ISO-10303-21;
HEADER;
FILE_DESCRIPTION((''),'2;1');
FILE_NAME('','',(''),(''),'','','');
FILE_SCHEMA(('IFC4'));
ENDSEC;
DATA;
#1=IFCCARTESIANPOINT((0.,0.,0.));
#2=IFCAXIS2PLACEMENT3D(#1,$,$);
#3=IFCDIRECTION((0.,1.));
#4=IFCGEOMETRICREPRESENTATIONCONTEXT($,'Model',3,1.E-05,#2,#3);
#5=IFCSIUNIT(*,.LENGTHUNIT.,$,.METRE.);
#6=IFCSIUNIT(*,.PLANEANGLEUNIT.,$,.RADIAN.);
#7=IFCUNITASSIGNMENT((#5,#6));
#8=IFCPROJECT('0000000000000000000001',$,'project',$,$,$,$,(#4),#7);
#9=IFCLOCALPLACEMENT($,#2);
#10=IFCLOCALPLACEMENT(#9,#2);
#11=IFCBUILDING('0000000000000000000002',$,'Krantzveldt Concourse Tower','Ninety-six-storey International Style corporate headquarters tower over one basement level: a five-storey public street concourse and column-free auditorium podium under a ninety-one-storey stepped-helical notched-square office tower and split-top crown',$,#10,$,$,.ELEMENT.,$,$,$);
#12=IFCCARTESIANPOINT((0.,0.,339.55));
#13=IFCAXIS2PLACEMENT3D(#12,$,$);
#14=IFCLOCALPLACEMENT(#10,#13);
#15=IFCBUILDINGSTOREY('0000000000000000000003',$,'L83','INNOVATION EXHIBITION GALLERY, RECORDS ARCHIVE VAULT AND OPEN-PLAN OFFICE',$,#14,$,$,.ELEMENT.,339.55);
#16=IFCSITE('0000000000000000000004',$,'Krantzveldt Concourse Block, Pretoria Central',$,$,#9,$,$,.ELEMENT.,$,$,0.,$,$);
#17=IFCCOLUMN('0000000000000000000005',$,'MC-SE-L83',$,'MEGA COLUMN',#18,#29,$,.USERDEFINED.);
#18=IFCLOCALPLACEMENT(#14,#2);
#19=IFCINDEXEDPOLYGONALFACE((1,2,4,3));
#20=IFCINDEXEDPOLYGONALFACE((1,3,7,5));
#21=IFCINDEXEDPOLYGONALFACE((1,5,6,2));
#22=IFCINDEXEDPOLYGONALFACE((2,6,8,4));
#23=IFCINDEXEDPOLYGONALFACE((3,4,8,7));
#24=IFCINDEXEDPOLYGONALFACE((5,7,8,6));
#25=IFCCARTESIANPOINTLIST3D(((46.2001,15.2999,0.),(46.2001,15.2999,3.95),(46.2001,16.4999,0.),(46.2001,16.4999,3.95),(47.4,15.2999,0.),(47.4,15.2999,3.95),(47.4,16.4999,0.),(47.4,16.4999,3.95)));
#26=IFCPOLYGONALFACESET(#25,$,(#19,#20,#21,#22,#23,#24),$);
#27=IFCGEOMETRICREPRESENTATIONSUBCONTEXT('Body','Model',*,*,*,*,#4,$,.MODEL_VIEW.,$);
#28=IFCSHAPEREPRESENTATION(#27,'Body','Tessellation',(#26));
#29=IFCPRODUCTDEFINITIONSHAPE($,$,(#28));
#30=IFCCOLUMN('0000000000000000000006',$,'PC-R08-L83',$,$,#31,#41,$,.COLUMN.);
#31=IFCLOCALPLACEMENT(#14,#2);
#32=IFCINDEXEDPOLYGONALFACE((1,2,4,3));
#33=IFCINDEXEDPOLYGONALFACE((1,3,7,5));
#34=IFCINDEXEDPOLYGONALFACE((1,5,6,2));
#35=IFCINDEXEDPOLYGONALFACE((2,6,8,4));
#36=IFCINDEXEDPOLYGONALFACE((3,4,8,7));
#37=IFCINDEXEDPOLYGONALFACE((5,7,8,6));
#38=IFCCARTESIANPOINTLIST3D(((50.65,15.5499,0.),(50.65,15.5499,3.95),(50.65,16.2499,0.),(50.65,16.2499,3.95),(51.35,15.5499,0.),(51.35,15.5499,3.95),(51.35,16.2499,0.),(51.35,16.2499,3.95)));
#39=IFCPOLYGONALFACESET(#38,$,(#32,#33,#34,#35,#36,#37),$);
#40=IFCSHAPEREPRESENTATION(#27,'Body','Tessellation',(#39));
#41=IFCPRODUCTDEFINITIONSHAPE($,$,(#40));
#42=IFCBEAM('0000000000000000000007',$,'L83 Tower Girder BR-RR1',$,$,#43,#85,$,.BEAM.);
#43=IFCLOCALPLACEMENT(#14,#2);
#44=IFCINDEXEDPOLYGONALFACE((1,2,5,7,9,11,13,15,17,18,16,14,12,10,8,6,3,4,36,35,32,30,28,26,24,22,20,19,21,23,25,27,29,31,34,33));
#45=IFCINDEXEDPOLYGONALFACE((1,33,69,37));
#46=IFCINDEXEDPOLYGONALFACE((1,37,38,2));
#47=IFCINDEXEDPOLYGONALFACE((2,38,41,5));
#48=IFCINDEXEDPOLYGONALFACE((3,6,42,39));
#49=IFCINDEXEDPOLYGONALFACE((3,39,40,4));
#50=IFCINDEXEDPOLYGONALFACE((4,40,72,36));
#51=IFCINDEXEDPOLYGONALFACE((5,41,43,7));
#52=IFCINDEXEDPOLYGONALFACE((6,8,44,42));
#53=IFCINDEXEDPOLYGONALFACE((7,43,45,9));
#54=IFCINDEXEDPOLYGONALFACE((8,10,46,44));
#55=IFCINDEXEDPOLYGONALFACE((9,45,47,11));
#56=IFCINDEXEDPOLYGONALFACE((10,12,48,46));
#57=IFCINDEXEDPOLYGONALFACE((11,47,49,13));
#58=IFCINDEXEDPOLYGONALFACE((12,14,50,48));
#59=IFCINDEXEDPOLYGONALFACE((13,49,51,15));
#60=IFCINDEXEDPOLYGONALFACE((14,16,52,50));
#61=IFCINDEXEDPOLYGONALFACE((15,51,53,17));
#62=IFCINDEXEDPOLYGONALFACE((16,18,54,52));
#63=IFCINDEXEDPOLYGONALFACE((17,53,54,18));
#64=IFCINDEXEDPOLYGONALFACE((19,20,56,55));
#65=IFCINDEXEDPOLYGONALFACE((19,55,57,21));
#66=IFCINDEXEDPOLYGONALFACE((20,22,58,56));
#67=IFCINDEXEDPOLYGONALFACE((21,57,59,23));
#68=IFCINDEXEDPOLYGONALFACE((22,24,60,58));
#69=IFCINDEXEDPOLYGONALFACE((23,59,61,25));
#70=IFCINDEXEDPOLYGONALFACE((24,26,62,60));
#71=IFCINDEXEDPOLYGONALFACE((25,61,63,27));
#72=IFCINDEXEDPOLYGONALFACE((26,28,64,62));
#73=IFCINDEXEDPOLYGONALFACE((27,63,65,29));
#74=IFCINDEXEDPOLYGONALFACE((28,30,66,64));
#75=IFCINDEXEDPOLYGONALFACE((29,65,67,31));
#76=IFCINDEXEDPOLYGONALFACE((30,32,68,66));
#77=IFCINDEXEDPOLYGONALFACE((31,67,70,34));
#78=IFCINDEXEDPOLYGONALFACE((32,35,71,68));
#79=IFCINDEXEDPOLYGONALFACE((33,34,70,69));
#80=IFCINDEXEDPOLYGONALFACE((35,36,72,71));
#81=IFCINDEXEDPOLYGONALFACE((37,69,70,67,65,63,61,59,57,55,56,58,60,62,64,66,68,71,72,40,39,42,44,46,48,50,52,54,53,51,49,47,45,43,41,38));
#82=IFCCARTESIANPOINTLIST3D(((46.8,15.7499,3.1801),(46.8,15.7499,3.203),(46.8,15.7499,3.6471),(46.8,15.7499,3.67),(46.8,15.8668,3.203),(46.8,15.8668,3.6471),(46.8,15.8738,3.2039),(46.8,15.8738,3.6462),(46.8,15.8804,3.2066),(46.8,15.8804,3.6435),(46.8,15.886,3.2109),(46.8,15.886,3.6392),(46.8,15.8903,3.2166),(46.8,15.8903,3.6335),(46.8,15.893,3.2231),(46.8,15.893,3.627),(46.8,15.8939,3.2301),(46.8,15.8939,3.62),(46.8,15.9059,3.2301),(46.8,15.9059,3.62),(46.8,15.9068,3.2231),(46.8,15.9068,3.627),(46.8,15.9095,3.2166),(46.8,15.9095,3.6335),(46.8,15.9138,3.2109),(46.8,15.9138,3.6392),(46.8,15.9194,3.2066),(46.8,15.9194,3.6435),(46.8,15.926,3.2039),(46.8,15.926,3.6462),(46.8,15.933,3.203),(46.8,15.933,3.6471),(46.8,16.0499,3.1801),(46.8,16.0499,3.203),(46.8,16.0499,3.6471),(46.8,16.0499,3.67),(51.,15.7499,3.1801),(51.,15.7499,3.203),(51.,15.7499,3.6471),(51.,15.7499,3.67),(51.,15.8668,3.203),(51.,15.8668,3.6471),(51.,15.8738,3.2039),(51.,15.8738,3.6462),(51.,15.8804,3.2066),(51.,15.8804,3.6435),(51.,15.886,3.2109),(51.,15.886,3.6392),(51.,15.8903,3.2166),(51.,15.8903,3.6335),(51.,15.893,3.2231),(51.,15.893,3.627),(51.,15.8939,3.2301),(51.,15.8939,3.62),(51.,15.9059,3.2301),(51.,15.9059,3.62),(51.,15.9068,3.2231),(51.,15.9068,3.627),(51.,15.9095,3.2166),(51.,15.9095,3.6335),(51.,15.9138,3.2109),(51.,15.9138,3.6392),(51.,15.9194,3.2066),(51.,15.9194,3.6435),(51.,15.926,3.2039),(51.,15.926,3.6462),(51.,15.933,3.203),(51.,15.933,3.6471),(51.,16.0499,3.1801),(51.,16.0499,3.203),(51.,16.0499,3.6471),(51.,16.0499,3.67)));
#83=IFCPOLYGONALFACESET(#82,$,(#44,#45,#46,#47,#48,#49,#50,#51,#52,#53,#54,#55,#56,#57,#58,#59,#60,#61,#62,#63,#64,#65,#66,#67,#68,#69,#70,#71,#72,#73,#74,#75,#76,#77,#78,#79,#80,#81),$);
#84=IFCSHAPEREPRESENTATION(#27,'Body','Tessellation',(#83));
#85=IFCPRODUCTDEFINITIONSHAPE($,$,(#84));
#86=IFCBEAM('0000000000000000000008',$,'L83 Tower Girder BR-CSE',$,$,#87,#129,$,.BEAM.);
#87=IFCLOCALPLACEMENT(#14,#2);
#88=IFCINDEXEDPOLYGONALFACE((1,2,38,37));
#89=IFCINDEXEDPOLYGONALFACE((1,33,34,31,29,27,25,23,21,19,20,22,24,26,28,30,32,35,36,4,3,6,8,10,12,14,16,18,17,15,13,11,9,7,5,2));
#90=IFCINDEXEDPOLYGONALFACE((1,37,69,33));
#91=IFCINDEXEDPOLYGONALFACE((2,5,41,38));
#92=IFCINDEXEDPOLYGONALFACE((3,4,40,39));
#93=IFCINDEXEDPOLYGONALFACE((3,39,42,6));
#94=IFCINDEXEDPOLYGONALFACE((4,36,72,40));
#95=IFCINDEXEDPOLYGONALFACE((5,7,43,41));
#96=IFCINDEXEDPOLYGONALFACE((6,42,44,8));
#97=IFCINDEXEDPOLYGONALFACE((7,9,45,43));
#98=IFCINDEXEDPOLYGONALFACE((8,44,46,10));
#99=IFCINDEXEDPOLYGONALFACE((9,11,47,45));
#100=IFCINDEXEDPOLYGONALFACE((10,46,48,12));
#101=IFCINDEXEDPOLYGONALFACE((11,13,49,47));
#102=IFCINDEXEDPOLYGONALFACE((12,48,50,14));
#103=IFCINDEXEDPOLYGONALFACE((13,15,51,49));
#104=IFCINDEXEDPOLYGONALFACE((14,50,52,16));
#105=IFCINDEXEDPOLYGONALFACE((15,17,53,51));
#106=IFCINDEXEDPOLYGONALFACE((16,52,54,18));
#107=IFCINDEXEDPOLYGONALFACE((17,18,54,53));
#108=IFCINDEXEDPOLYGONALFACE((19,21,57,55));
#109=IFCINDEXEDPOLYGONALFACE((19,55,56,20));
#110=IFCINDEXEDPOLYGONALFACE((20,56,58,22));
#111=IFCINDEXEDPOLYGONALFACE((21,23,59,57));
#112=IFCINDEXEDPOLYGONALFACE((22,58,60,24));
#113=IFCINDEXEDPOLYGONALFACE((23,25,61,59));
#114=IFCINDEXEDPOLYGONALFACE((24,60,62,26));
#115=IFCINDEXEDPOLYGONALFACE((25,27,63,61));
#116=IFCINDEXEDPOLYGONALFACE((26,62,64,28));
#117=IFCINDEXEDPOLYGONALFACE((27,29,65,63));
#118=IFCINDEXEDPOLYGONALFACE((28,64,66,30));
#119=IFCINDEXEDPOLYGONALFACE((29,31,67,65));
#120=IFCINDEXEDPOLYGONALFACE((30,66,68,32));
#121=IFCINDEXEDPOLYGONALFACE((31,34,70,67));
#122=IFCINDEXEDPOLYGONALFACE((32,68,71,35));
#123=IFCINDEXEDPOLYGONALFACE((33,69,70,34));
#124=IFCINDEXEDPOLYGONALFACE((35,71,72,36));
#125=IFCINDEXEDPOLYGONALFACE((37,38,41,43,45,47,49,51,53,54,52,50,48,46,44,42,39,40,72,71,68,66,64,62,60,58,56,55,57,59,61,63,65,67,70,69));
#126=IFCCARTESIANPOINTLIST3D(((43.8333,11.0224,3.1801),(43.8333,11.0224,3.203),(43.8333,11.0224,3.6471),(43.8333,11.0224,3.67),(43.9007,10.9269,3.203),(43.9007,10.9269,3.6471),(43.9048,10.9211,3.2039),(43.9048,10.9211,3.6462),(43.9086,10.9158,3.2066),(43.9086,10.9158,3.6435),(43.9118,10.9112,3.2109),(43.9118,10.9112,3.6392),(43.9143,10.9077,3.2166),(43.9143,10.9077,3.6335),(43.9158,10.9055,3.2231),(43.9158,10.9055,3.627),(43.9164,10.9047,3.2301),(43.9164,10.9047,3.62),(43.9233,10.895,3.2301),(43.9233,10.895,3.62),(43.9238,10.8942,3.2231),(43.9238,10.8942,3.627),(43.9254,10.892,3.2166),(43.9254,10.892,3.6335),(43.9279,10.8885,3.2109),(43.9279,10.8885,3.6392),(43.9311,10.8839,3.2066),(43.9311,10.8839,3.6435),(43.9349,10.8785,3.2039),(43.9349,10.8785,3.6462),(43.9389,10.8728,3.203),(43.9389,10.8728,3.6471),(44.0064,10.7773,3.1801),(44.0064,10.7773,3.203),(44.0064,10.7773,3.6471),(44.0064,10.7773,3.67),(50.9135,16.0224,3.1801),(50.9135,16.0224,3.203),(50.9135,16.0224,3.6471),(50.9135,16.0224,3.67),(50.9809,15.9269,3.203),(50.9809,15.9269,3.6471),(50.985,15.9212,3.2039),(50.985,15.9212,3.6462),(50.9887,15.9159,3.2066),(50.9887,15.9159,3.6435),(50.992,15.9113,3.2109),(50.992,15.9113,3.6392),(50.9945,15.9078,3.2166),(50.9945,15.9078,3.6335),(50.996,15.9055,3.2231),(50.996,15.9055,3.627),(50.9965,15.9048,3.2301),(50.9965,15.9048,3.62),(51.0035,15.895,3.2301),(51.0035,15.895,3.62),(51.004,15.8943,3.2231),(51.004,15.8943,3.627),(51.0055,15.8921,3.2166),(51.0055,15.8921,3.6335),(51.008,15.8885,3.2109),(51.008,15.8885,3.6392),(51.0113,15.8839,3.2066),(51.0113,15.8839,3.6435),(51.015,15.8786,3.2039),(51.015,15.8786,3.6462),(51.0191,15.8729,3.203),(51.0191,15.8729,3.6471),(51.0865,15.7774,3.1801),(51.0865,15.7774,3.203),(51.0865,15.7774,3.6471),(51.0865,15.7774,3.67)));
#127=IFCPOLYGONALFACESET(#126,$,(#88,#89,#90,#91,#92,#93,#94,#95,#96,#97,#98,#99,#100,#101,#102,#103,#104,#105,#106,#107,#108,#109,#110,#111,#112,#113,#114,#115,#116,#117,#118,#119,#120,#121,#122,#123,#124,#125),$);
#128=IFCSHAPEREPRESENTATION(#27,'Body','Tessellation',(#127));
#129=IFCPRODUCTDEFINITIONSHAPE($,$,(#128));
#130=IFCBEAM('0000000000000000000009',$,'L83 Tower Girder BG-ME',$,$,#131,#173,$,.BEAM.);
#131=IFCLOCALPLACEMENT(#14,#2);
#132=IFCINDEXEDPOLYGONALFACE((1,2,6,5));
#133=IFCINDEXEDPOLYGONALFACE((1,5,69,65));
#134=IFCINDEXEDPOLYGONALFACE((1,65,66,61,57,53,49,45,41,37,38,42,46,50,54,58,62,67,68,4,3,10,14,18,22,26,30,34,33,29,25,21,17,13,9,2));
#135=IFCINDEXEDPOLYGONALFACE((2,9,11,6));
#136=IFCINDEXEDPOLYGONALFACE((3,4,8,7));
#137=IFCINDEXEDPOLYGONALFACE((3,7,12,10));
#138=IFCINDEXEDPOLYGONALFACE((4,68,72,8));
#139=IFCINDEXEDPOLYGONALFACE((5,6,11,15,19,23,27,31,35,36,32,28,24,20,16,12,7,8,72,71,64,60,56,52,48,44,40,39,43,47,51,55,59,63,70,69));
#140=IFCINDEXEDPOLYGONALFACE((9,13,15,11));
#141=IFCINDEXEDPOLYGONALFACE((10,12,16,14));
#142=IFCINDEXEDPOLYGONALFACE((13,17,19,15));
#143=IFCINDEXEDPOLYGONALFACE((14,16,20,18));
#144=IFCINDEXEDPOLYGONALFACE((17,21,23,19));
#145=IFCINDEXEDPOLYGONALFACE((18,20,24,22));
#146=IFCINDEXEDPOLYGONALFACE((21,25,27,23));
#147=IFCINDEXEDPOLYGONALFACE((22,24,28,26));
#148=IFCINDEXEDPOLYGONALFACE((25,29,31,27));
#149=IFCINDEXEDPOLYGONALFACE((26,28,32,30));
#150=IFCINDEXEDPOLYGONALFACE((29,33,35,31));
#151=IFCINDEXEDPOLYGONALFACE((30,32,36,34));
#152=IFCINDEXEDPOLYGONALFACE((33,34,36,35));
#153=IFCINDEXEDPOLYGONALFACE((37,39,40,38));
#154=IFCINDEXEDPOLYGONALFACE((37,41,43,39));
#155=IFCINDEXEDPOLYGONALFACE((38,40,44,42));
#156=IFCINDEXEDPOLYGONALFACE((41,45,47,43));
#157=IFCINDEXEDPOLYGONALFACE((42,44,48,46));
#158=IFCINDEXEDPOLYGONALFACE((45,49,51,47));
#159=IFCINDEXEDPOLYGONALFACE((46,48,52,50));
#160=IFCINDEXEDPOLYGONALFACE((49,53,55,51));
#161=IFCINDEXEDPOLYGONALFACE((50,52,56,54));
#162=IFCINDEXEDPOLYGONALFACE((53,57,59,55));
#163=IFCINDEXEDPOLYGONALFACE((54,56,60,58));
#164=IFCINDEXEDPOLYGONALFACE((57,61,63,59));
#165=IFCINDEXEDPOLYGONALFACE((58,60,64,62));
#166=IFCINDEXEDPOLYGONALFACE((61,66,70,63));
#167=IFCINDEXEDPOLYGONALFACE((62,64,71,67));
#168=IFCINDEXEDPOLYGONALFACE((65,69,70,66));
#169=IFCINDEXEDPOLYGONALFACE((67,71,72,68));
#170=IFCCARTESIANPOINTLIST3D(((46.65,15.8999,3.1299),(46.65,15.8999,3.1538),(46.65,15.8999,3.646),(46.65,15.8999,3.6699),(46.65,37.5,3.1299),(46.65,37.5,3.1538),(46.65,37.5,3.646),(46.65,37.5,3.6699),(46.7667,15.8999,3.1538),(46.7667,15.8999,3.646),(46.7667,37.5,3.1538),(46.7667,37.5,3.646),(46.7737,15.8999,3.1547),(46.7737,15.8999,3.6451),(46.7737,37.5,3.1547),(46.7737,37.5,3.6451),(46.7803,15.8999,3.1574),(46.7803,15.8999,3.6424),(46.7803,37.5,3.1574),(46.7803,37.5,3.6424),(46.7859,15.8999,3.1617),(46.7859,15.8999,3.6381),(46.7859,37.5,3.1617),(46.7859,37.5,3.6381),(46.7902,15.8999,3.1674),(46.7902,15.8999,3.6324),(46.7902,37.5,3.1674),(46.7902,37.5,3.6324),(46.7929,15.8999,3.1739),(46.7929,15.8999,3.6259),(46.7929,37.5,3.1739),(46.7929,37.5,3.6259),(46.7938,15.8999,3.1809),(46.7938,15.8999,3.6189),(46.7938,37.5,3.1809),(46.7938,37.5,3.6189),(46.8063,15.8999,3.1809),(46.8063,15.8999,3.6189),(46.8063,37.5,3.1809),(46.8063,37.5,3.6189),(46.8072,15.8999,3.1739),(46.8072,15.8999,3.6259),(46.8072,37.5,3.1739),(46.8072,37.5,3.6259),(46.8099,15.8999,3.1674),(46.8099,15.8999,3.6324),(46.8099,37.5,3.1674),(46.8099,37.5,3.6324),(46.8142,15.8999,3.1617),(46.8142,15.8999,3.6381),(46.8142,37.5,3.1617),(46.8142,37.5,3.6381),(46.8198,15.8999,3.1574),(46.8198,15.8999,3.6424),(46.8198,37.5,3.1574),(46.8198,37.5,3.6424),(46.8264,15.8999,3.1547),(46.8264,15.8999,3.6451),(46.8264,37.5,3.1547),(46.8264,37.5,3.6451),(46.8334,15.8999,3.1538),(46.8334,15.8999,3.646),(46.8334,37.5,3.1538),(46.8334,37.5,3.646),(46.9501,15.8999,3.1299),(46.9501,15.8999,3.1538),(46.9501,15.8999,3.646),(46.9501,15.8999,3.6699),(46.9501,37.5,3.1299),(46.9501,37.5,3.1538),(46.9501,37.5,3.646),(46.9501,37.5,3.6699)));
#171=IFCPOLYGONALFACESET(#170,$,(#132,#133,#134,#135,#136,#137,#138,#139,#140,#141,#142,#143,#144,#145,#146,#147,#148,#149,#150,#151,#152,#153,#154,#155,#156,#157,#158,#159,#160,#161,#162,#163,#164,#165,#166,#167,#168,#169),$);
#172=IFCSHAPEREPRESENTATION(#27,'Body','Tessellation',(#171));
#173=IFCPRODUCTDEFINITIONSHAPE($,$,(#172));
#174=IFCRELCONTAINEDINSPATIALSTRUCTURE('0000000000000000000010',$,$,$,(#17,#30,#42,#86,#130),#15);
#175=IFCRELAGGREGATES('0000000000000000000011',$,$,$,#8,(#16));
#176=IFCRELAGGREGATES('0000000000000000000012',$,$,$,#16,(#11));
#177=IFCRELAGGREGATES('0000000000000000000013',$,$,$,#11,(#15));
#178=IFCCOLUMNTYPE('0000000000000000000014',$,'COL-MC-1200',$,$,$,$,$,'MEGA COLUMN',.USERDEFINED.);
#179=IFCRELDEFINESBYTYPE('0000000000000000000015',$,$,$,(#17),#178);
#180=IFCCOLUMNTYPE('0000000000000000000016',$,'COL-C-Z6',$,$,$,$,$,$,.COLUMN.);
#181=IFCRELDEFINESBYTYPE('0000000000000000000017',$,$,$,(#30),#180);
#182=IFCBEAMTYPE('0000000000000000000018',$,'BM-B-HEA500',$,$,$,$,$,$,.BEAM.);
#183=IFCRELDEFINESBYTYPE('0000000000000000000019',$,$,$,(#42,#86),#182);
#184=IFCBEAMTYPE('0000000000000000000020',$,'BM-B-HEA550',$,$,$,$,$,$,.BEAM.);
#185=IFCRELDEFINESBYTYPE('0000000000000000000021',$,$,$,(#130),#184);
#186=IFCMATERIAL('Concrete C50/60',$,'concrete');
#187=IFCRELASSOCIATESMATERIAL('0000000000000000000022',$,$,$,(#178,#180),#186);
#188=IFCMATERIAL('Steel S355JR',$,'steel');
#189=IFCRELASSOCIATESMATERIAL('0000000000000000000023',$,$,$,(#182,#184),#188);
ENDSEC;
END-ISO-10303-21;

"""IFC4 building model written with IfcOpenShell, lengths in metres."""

from ifc_helpers import new_model, si_unit, direction, frame, origin, origin_2d, place, context, subcontext, project, spatial, rectangle, i_section, extrude, source, transform, mapped, material, material_profile, profile_set, type_object, type_shapes, element, save


model = new_model("IFC4")

# Units and contexts
model_context = context("Model", 3, precision=1e-05, world=origin(), true_north=direction((0.0, 1.0)))
body_context = subcontext(model_context, "Body", "Model", "MODEL_VIEW")
ifc_project = project(units=[si_unit("LENGTHUNIT", "METRE"), si_unit("PLANEANGLEUNIT", "RADIAN")], contexts=[model_context])

# Site, building, storey
site_placement = place(None, origin())
site = spatial("IfcSite", under=ifc_project, at=site_placement, Name="Krantzveldt Concourse Block, Pretoria Central", CompositionType="ELEMENT", RefElevation=0.0)
building_placement = place(site_placement, origin())
building = spatial("IfcBuilding", under=site, at=building_placement, Name="Krantzveldt Concourse Tower", Description="Ninety-six-storey International Style corporate headquarters tower over one basement level: a five-storey public street concourse and column-free auditorium podium under a ninety-one-storey stepped-helical notched-square office tower and split-top crown", CompositionType="ELEMENT")
storey_placement = place(building_placement, frame((0.0, 0.0, 339.55)))
storey = spatial("IfcBuildingStorey", under=building, at=storey_placement, Name="L83", Description="INNOVATION EXHIBITION GALLERY, RECORDS ARCHIVE VAULT AND OPEN-PLAN OFFICE", CompositionType="ELEMENT", Elevation=339.55)

# Columns
ifc_material_1 = material(Name="Concrete C50/60", Category="concrete")
ifc_material_profile_1 = material_profile(ifc_material_1, rectangle(XDim=1.2, YDim=1.2, at=origin_2d()), Name="Concrete C50/60", Category="concrete")
ifc_profile_set_1 = profile_set([ifc_material_profile_1], Name="Concrete C50/60 - RC 1200x1200")
column_type_1 = type_object("IfcColumnType", Name="COL-MC-1200", ElementType="MEGA COLUMN", PredefinedType="USERDEFINED", material=ifc_profile_set_1)
shared_shape_1 = source(origin(), body_context, "Body", "SweptSolid", [
    extrude(rectangle(XDim=1.2, YDim=1.2, at=origin_2d()), origin(), (0.0, 0.0, 1.0), 3.95),
])
type_shapes(column_type_1, [shared_shape_1])
column_1_placement = place(storey_placement, frame((46.8, 15.8999, 0.0), z_axis=(0.0, 0.0, 1.0), x_axis=(1.0, 0.0, 0.0)))
element("IfcColumn", 1, at=column_1_placement, inside=storey, type_object=column_type_1, Name="MC-SE-L83", ObjectType="MEGA COLUMN", PredefinedType="USERDEFINED", context=body_context, shape_type="MappedRepresentation", body=[
    mapped(shared_shape_1, transform((0.0, 0.0, 0.0), x_axis=(1.0, 0.0, 0.0), y_axis=(0.0, 1.0, 0.0), z_axis=(0.0, 0.0, 1.0), scale=1.0)),
])
ifc_material_profile_2 = material_profile(ifc_material_1, rectangle(XDim=0.7, YDim=0.7, at=origin_2d()), Name="Concrete C50/60", Category="concrete")
ifc_profile_set_2 = profile_set([ifc_material_profile_2], Name="Concrete C50/60 - RC 700x700")
column_type_2 = type_object("IfcColumnType", Name="COL-C-Z6", PredefinedType="COLUMN", material=ifc_profile_set_2)
shared_shape_2 = source(origin(), body_context, "Body", "SweptSolid", [
    extrude(rectangle(XDim=0.7, YDim=0.7, at=origin_2d()), origin(), (0.0, 0.0, 1.0), 3.95),
])
type_shapes(column_type_2, [shared_shape_2])
column_2_placement = place(storey_placement, frame((51.0, 15.8999, 0.0), z_axis=(0.0, 0.0, 1.0), x_axis=(1.0, 0.0, 0.0)))
element("IfcColumn", 2, at=column_2_placement, inside=storey, type_object=column_type_2, Name="PC-R08-L83", PredefinedType="COLUMN", context=body_context, shape_type="MappedRepresentation", body=[
    mapped(shared_shape_2, transform((0.0, 0.0, 0.0), x_axis=(1.0, 0.0, 0.0), y_axis=(0.0, 1.0, 0.0), z_axis=(0.0, 0.0, 1.0), scale=1.0)),
])

# Beams
ifc_material_2 = material(Name="Steel S355JR", Category="steel")
ifc_material_profile_3 = material_profile(ifc_material_2, i_section(OverallWidth=0.3, OverallDepth=0.49, WebThickness=0.012, FlangeThickness=0.0229, FilletRadius=0.0271, at=origin_2d()), Name="Steel S355JR", Category="steel")
ifc_profile_set_3 = profile_set([ifc_material_profile_3], Name="Steel S355JR - HEA 500")
beam_type_1 = type_object("IfcBeamType", Name="BM-B-HEA500", PredefinedType="BEAM", material=ifc_profile_set_3)
shared_shape_3 = source(origin(), body_context, "Body", "SweptSolid", [
    extrude(i_section(OverallWidth=0.3, OverallDepth=0.49, WebThickness=0.012, FlangeThickness=0.0229, FilletRadius=0.0271, at=origin_2d()), origin(), (0.0, 0.0, 1.0), 4.2),
])
beam_1_placement = place(storey_placement, frame((46.8, 15.8999, 3.425), z_axis=(1.0, 0.0, 0.0), x_axis=(0.0, 1.0, 0.0)))
element("IfcBeam", 3, at=beam_1_placement, inside=storey, type_object=beam_type_1, Name="L83 Tower Girder BR-RR1", PredefinedType="BEAM", context=body_context, shape_type="MappedRepresentation", body=[
    mapped(shared_shape_3, transform((0.0, 0.0, 0.0), x_axis=(1.0, 0.0, 0.0), y_axis=(0.0, 1.0, 0.0), z_axis=(0.0, 0.0, 1.0), scale=1.0)),
])
shared_shape_4 = source(origin(), body_context, "Body", "SweptSolid", [
    extrude(i_section(OverallWidth=0.3, OverallDepth=0.49, WebThickness=0.012, FlangeThickness=0.0229, FilletRadius=0.0271, at=origin_2d()), origin(), (0.0, 0.0, 1.0), 8.6677),
])
type_shapes(beam_type_1, [shared_shape_3, shared_shape_4])
beam_2_placement = place(storey_placement, frame((51.0, 15.8999, 3.425), z_axis=(-0.816843, -0.57686, 0.0), x_axis=(0.57686, -0.816843, 0.0)))
element("IfcBeam", 4, at=beam_2_placement, inside=storey, type_object=beam_type_1, Name="L83 Tower Girder BR-CSE", PredefinedType="BEAM", context=body_context, shape_type="MappedRepresentation", body=[
    mapped(shared_shape_4, transform((0.0, 0.0, 0.0), x_axis=(1.0, 0.0, 0.0), y_axis=(0.0, 1.0, 0.0), z_axis=(0.0, 0.0, 1.0), scale=1.0)),
])
ifc_material_profile_4 = material_profile(ifc_material_2, i_section(OverallWidth=0.3, OverallDepth=0.54, WebThickness=0.0125, FlangeThickness=0.0239, FilletRadius=0.0271, at=origin_2d()), Name="Steel S355JR", Category="steel")
ifc_profile_set_4 = profile_set([ifc_material_profile_4], Name="Steel S355JR - HEA 550")
beam_type_2 = type_object("IfcBeamType", Name="BM-B-HEA550", PredefinedType="BEAM", material=ifc_profile_set_4)
shared_shape_5 = source(origin(), body_context, "Body", "SweptSolid", [
    extrude(i_section(OverallWidth=0.3, OverallDepth=0.54, WebThickness=0.0125, FlangeThickness=0.0239, FilletRadius=0.0271, at=origin_2d()), origin(), (0.0, 0.0, 1.0), 21.6001),
])
beam_3_placement = place(storey_placement, frame((46.8, 15.8999, 3.3999), z_axis=(0.0, 1.0, 0.0), x_axis=(-1.0, 0.0, 0.0)))
element("IfcBeam", 5, at=beam_3_placement, inside=storey, type_object=beam_type_2, Name="L83 Tower Girder BG-ME", PredefinedType="BEAM", context=body_context, shape_type="MappedRepresentation", body=[
    mapped(shared_shape_5, transform((0.0, 0.0, 0.0), x_axis=(1.0, 0.0, 0.0), y_axis=(0.0, 1.0, 0.0), z_axis=(0.0, 0.0, 1.0), scale=1.0)),
])

save(model, "model.ifc")
